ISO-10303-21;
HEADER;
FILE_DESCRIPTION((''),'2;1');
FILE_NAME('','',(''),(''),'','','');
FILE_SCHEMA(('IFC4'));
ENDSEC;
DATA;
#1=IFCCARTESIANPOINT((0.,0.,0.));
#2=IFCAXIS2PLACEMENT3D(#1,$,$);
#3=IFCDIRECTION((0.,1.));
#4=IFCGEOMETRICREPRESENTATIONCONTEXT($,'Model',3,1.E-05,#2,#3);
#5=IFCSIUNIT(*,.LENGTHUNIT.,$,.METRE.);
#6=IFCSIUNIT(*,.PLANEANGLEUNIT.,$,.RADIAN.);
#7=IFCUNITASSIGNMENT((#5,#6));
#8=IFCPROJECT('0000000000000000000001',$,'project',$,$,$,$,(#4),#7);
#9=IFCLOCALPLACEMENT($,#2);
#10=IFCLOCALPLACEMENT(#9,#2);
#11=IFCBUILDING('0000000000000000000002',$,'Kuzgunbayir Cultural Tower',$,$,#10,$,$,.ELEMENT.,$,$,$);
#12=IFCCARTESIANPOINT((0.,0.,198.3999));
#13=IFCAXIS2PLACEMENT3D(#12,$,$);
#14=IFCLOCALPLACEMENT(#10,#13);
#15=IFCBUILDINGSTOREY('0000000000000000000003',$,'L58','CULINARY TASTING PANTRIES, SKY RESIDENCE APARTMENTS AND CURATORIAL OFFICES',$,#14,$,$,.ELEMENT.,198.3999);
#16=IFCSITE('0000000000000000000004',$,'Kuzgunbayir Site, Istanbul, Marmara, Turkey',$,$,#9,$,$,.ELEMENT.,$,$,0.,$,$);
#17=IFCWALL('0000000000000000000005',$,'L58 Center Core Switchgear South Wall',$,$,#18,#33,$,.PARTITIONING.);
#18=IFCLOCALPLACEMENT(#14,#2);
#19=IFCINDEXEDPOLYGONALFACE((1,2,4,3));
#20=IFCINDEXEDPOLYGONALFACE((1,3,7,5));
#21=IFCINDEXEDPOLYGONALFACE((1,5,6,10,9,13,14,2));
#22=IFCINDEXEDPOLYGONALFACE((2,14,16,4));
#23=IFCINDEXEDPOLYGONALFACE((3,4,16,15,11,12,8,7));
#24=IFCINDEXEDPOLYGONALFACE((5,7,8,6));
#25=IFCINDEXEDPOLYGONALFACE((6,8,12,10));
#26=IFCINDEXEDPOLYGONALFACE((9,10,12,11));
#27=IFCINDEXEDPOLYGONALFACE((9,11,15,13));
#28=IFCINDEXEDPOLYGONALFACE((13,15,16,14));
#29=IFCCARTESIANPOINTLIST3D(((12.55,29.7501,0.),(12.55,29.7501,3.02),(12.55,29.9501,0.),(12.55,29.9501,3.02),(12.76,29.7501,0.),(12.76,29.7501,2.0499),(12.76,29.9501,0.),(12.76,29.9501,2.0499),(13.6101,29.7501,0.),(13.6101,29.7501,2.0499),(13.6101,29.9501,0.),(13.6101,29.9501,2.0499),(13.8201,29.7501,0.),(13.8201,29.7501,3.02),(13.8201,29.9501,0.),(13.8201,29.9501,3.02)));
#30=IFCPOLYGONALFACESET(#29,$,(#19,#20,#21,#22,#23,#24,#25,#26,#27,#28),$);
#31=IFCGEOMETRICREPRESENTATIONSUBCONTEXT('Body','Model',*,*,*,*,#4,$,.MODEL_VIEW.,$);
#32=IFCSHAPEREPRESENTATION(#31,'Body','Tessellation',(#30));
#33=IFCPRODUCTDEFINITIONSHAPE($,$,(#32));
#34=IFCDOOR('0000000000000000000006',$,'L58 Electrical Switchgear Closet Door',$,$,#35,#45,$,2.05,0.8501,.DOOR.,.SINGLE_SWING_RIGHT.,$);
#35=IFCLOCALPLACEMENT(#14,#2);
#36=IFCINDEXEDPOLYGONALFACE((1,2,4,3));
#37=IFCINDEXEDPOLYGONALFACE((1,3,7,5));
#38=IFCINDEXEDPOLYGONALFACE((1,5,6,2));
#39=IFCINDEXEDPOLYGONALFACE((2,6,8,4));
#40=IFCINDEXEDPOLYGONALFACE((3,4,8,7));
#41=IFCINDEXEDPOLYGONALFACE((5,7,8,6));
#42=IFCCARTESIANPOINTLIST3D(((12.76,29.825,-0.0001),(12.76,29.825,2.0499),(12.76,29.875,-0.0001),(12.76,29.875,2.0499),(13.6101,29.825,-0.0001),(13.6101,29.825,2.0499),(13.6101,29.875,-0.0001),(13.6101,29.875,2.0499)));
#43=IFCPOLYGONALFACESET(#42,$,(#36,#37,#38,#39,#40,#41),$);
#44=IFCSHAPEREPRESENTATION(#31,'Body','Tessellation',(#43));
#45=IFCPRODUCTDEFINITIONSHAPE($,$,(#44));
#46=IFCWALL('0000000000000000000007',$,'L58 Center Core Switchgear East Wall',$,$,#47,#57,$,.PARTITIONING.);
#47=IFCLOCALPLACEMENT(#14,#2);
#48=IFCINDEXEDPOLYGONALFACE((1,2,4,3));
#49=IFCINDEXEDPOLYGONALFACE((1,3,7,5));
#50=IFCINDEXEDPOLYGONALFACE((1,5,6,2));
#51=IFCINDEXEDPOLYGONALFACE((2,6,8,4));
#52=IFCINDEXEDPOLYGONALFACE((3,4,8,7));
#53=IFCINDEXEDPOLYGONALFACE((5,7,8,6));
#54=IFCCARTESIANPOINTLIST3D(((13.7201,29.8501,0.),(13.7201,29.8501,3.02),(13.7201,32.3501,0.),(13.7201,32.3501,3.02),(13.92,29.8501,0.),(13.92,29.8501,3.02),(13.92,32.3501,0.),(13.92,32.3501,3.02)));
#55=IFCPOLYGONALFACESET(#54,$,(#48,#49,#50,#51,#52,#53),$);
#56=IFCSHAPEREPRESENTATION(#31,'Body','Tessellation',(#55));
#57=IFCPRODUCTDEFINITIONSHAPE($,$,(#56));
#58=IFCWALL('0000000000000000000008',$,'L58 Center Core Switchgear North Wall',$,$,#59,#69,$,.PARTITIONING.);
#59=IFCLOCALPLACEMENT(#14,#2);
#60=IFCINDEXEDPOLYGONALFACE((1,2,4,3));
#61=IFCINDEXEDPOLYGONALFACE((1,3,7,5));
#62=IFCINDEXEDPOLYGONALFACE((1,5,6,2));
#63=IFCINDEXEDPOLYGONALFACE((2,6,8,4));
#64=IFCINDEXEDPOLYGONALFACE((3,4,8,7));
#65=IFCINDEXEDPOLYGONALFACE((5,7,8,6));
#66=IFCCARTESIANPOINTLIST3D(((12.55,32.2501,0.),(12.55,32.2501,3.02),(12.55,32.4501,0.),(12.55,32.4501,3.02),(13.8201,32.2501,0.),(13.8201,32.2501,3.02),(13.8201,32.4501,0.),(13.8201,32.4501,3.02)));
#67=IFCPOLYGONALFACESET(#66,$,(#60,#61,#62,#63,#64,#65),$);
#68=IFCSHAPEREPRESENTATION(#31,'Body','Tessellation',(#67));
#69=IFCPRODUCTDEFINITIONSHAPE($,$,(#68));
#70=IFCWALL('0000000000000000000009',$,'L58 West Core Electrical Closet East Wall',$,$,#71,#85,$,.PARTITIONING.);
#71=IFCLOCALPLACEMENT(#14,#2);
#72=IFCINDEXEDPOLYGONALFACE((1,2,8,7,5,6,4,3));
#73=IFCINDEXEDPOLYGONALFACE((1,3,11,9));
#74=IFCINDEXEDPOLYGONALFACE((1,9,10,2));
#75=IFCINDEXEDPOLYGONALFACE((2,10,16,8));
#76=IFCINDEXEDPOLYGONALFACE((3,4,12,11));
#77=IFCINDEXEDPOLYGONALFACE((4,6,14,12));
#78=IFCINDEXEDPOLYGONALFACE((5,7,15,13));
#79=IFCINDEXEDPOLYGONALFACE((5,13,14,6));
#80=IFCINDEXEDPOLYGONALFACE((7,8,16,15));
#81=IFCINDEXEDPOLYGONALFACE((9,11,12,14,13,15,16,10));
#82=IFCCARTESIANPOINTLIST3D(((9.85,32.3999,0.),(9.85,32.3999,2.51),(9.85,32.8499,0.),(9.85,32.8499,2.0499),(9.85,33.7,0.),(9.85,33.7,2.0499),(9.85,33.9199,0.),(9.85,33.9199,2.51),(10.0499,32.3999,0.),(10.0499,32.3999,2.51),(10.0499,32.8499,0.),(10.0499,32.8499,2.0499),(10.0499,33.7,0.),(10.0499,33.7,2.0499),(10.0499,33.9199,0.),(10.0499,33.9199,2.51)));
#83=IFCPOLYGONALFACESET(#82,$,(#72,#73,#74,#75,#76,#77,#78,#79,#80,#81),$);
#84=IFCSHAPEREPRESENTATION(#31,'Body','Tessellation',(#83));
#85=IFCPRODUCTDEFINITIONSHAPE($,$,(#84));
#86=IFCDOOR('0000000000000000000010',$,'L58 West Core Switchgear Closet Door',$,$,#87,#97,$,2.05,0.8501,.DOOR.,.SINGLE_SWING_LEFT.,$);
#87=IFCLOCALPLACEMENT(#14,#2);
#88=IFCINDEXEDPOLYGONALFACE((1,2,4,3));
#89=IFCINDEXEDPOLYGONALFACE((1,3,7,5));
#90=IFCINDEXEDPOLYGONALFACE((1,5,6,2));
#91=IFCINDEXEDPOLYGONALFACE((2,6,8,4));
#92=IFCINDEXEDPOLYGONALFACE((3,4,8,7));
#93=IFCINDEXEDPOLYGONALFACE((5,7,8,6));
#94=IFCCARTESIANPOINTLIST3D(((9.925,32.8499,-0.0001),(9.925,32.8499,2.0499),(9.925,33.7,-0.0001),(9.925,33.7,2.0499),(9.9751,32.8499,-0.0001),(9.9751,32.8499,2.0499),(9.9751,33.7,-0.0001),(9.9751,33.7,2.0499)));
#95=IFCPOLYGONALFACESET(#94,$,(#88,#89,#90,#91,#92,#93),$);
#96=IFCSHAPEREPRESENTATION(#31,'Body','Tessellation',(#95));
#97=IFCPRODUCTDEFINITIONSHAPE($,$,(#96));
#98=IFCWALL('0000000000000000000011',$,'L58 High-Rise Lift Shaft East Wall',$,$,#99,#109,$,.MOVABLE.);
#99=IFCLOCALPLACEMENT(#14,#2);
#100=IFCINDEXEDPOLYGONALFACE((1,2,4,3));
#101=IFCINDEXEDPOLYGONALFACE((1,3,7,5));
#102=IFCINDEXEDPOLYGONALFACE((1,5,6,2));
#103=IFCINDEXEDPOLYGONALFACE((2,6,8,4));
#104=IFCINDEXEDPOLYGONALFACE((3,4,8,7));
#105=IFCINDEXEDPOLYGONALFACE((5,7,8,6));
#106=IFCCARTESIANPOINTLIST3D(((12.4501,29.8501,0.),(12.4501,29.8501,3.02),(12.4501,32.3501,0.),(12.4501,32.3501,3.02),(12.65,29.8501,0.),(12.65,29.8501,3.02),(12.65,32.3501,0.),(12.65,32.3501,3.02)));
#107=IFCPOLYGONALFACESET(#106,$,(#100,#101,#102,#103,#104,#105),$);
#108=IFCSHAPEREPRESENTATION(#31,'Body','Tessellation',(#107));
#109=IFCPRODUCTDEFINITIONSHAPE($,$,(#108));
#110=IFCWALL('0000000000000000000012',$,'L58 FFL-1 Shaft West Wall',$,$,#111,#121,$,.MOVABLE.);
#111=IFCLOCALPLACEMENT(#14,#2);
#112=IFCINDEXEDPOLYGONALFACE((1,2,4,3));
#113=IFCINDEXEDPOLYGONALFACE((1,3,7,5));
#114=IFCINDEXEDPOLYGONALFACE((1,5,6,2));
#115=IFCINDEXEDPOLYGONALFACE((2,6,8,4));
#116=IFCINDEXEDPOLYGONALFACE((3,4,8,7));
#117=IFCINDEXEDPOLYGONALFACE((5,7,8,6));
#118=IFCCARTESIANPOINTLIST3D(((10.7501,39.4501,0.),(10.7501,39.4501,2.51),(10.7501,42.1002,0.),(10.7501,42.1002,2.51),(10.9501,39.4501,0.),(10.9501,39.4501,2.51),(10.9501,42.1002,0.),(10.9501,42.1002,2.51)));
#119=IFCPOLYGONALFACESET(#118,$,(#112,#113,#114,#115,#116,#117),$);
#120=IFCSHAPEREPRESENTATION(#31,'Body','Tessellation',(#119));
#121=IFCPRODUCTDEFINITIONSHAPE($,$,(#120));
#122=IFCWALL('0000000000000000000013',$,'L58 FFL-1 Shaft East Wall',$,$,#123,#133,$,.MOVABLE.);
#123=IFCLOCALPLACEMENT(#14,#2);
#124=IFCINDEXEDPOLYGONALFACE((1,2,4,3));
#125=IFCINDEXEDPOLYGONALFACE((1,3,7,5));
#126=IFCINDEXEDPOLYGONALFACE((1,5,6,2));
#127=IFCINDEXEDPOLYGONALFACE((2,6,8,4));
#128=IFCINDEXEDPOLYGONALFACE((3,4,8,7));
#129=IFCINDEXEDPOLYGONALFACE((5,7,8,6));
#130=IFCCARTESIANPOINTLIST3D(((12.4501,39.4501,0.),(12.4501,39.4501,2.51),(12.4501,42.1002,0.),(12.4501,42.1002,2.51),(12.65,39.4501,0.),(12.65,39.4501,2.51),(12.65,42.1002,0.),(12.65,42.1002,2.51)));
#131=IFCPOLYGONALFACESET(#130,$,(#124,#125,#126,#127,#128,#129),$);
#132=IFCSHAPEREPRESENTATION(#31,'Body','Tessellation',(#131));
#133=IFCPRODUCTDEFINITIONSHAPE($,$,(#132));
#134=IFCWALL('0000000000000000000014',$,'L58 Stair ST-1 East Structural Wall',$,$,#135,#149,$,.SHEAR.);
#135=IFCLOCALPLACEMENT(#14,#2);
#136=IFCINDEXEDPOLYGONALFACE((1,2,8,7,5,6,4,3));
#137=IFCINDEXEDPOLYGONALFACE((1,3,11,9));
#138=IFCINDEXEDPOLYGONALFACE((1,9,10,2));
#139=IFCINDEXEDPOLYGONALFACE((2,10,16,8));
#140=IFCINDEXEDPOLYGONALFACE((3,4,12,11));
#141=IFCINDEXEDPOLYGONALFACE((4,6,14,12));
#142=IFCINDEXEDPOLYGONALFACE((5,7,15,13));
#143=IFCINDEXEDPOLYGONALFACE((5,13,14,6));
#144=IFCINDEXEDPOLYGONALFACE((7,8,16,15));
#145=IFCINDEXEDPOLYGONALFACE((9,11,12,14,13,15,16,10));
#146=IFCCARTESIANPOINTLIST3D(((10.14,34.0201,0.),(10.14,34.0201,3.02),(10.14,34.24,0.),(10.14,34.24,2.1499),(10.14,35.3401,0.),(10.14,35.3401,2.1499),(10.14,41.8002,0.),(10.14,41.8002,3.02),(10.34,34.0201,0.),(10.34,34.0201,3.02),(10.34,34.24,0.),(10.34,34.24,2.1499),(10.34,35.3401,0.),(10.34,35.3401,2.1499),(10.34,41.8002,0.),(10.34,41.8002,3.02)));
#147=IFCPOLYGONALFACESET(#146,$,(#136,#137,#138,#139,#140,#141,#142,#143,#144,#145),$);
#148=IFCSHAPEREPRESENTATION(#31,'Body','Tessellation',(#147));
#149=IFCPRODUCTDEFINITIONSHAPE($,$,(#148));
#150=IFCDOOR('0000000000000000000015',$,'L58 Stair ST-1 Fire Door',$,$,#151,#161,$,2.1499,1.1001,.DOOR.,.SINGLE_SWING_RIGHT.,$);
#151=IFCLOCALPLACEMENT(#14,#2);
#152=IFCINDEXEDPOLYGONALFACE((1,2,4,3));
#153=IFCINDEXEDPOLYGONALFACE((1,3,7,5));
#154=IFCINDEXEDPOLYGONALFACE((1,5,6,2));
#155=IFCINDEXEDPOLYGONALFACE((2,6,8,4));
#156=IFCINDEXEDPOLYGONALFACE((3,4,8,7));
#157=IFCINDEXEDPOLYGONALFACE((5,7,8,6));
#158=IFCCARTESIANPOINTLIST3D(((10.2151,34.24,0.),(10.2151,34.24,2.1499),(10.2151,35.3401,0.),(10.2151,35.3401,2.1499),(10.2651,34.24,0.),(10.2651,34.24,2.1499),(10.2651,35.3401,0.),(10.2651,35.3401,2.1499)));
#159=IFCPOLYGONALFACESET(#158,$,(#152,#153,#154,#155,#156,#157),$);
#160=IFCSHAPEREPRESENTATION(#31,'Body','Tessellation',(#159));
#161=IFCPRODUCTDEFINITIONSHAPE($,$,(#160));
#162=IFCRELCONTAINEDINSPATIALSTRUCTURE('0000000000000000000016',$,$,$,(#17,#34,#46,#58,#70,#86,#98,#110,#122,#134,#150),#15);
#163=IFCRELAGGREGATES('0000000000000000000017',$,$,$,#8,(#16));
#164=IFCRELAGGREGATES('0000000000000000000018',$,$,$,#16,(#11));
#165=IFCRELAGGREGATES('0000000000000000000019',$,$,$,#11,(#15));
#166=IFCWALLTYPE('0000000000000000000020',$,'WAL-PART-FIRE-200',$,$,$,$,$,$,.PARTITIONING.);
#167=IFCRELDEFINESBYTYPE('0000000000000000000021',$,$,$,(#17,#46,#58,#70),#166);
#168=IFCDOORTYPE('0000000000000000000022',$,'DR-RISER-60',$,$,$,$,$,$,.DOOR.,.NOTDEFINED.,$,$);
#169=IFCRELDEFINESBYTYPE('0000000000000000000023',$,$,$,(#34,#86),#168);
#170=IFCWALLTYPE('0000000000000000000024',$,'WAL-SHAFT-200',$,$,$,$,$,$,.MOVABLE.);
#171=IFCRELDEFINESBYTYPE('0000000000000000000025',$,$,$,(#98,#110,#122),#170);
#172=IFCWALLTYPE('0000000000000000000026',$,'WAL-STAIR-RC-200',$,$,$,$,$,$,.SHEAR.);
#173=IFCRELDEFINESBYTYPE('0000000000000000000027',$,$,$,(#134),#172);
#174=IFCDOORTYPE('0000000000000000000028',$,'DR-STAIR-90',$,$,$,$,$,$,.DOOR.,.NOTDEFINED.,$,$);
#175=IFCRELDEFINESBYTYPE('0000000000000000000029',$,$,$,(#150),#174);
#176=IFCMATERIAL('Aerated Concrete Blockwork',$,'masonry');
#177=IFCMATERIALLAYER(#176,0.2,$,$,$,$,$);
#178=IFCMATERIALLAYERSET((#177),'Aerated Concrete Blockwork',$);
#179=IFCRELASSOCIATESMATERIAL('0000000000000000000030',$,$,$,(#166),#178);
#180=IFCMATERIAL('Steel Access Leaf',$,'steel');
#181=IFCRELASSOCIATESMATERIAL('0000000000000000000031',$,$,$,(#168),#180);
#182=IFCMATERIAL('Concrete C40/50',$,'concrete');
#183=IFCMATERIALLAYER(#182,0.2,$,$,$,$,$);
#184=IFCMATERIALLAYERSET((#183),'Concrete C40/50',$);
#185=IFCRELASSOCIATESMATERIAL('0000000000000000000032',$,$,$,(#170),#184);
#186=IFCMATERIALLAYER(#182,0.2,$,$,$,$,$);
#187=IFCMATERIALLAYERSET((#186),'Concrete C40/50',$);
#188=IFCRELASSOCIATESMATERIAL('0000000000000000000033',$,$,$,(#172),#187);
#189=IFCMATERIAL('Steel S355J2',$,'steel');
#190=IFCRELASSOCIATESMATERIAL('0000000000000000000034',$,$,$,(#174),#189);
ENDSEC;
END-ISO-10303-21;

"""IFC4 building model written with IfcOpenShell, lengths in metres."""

from ifc_helpers import new_model, si_unit, direction, frame, frame_2d, origin, place, context, subcontext, project, spatial, rectangle, extrude, material, layer, layer_set, type_object, element, fill, save


model = new_model("IFC4")

# Units and contexts
model_context = context("Model", 3, precision=1e-05, world=origin(), true_north=direction((0.0, 1.0)))
body_context = subcontext(model_context, "Body", "Model", "MODEL_VIEW")
ifc_project = project(units=[si_unit("LENGTHUNIT", "METRE"), si_unit("PLANEANGLEUNIT", "RADIAN")], contexts=[model_context])

# Site, building, storey
site_placement = place(None, origin())
site = spatial("IfcSite", under=ifc_project, at=site_placement, Name="Kuzgunbayir Site, Istanbul, Marmara, Turkey", CompositionType="ELEMENT", RefElevation=0.0)
building_placement = place(site_placement, origin())
building = spatial("IfcBuilding", under=site, at=building_placement, Name="Kuzgunbayir Cultural Tower", CompositionType="ELEMENT")
storey_placement = place(building_placement, frame((0.0, 0.0, 198.3999)))
storey = spatial("IfcBuildingStorey", under=building, at=storey_placement, Name="L58", Description="CULINARY TASTING PANTRIES, SKY RESIDENCE APARTMENTS AND CURATORIAL OFFICES", CompositionType="ELEMENT", Elevation=198.3999)

# Shared definitions
ifc_material_1 = material(Name="Steel S355J2", Category="steel")

# Shared definitions
ifc_material_2 = material(Name="Aerated Concrete Blockwork", Category="masonry")
ifc_layer_1 = layer(ifc_material_2, 0.2)
ifc_layer_set_1 = layer_set([ifc_layer_1], Name="Aerated Concrete Blockwork")
wall_type_1 = type_object("IfcWallType", Name="WAL-PART-FIRE-200", PredefinedType="PARTITIONING", material=ifc_layer_set_1)

# Wall, opening, door
wall_1_placement = place(storey_placement, frame((12.55, 29.8501, 0.0), z_axis=(0.0, 0.0, 1.0), x_axis=(1.0, 0.0, 0.0)))
wall_1 = element("IfcWall", 1, at=wall_1_placement, inside=storey, type_object=wall_type_1, Name="L58 Center Core Switchgear South Wall", PredefinedType="PARTITIONING", context=body_context, shape_type="SweptSolid", body=[
    extrude(rectangle(XDim=1.27, YDim=0.2, at=frame_2d((0.635, 0.0))), origin(), (0.0, 0.0, 1.0), 3.02),
])
opening_1_placement = place(wall_1_placement, frame((0.21, 0.0, 0.0)))
opening_1 = element("IfcOpeningElement", 2, at=opening_1_placement, cuts=wall_1, PredefinedType="OPENING", context=body_context, shape_type="SweptSolid", body=[
    extrude(rectangle(XDim=0.8501, YDim=2.05, at=frame_2d((0.425, 1.0249))), frame((0.0, 0.1099, 0.0), z_axis=(0.0, -1.0, 0.0), x_axis=(1.0, 0.0, 0.0)), (0.0, 0.0, 1.0), 0.22),
])
ifc_material_3 = material(Name="Steel Access Leaf", Category="steel")
door_type_1 = type_object("IfcDoorType", Name="DR-RISER-60", OperationType="NOTDEFINED", PredefinedType="DOOR", material=ifc_material_3)
door_1_placement = place(opening_1_placement, origin())
door_1 = element("IfcDoor", 3, at=door_1_placement, inside=storey, type_object=door_type_1, Name="L58 Electrical Switchgear Closet Door", OperationType="SINGLE_SWING_RIGHT", OverallHeight=2.05, OverallWidth=0.8501, PredefinedType="DOOR", context=body_context, shape_type="SweptSolid", body=[
    extrude(rectangle(XDim=0.8501, YDim=2.05, at=frame_2d((0.425, 1.0249))), frame((0.0, 0.0249, 0.0), z_axis=(0.0, -1.0, 0.0), x_axis=(1.0, 0.0, 0.0)), (0.0, 0.0, 1.0), 0.05),
])
fill(opening_1, door_1)

# Walls
wall_2_placement = place(storey_placement, frame((13.8201, 29.8501, 0.0), z_axis=(0.0, 0.0, 1.0), x_axis=(0.0, 1.0, 0.0)))
element("IfcWall", 4, at=wall_2_placement, inside=storey, type_object=wall_type_1, Name="L58 Center Core Switchgear East Wall", PredefinedType="PARTITIONING", context=body_context, shape_type="SweptSolid", body=[
    extrude(rectangle(XDim=2.5, YDim=0.2, at=frame_2d((1.25, 0.0))), origin(), (0.0, 0.0, 1.0), 3.02),
])
wall_3_placement = place(storey_placement, frame((12.55, 32.3501, 0.0), z_axis=(0.0, 0.0, 1.0), x_axis=(1.0, 0.0, 0.0)))
element("IfcWall", 5, at=wall_3_placement, inside=storey, type_object=wall_type_1, Name="L58 Center Core Switchgear North Wall", PredefinedType="PARTITIONING", context=body_context, shape_type="SweptSolid", body=[
    extrude(rectangle(XDim=1.27, YDim=0.2, at=frame_2d((0.635, 0.0))), origin(), (0.0, 0.0, 1.0), 3.02),
])

# Wall, opening, door
wall_4_placement = place(storey_placement, frame((9.95, 32.3999, 0.0), z_axis=(0.0, 0.0, 1.0), x_axis=(0.0, 1.0, 0.0)))
wall_4 = element("IfcWall", 6, at=wall_4_placement, inside=storey, type_object=wall_type_1, Name="L58 West Core Electrical Closet East Wall", PredefinedType="PARTITIONING", context=body_context, shape_type="SweptSolid", body=[
    extrude(rectangle(XDim=1.52, YDim=0.2, at=frame_2d((0.76, 0.0))), origin(), (0.0, 0.0, 1.0), 2.51),
])
opening_2_placement = place(wall_4_placement, frame((0.45, 0.0, 0.0)))
opening_2 = element("IfcOpeningElement", 7, at=opening_2_placement, cuts=wall_4, PredefinedType="OPENING", context=body_context, shape_type="SweptSolid", body=[
    extrude(rectangle(XDim=0.8501, YDim=2.05, at=frame_2d((0.425, 1.0249))), frame((0.0, 0.1099, 0.0), z_axis=(0.0, -1.0, 0.0), x_axis=(1.0, 0.0, 0.0)), (0.0, 0.0, 1.0), 0.22),
])
door_2_placement = place(opening_2_placement, origin())
door_2 = element("IfcDoor", 8, at=door_2_placement, inside=storey, type_object=door_type_1, Name="L58 West Core Switchgear Closet Door", OperationType="SINGLE_SWING_LEFT", OverallHeight=2.05, OverallWidth=0.8501, PredefinedType="DOOR", context=body_context, shape_type="SweptSolid", body=[
    extrude(rectangle(XDim=0.8501, YDim=2.05, at=frame_2d((0.425, 1.0249))), frame((0.0, 0.0249, 0.0), z_axis=(0.0, -1.0, 0.0), x_axis=(1.0, 0.0, 0.0)), (0.0, 0.0, 1.0), 0.05),
])
fill(opening_2, door_2)

# Wall
ifc_material_4 = material(Name="Concrete C40/50", Category="concrete")
ifc_layer_2 = layer(ifc_material_4, 0.2)
ifc_layer_set_2 = layer_set([ifc_layer_2], Name="Concrete C40/50")
wall_type_2 = type_object("IfcWallType", Name="WAL-SHAFT-200", PredefinedType="MOVABLE", material=ifc_layer_set_2)
wall_5_placement = place(storey_placement, frame((12.55, 29.8501, 0.0), z_axis=(0.0, 0.0, 1.0), x_axis=(0.0, 1.0, 0.0)))
element("IfcWall", 9, at=wall_5_placement, inside=storey, type_object=wall_type_2, Name="L58 High-Rise Lift Shaft East Wall", PredefinedType="MOVABLE", context=body_context, shape_type="SweptSolid", body=[
    extrude(rectangle(XDim=2.5, YDim=0.2, at=frame_2d((1.25, 0.0))), origin(), (0.0, 0.0, 1.0), 3.02),
])

# Walls
for number, where, z_axis, x_axis, name in (
    (10, (10.8501, 39.45, 0.0), (0.0, 0.0, 1.0), (0.0, 1.0, 0.0), "L58 FFL-1 Shaft West Wall"),
    (11, (12.55, 39.45, 0.0), (0.0, 0.0, 1.0), (0.0, 1.0, 0.0), "L58 FFL-1 Shaft East Wall"),
):
    element("IfcWall", number, at=place(storey_placement, frame(where, z_axis=z_axis, x_axis=x_axis)), inside=storey, type_object=wall_type_2, Name=name, PredefinedType="MOVABLE", context=body_context, shape_type="SweptSolid", body=[
        extrude(rectangle(XDim=2.6501, YDim=0.2, at=frame_2d((1.3252, 0.0))), origin(), (0.0, 0.0, 1.0), 2.51),
    ])

# Wall, opening, door
ifc_layer_3 = layer(ifc_material_4, 0.2)
ifc_layer_set_3 = layer_set([ifc_layer_3], Name="Concrete C40/50")
wall_type_3 = type_object("IfcWallType", Name="WAL-STAIR-RC-200", PredefinedType="SHEAR", material=ifc_layer_set_3)
wall_6_placement = place(storey_placement, frame((10.24, 34.02, 0.0), z_axis=(0.0, 0.0, 1.0), x_axis=(0.0, 1.0, 0.0)))
wall_6 = element("IfcWall", 12, at=wall_6_placement, inside=storey, type_object=wall_type_3, Name="L58 Stair ST-1 East Structural Wall", PredefinedType="SHEAR", context=body_context, shape_type="SweptSolid", body=[
    extrude(rectangle(XDim=7.78, YDim=0.2, at=frame_2d((3.8901, 0.0))), origin(), (0.0, 0.0, 1.0), 3.02),
])
opening_3_placement = place(wall_6_placement, frame((0.22, 0.0, 0.0)))
opening_3 = element("IfcOpeningElement", 13, at=opening_3_placement, cuts=wall_6, PredefinedType="OPENING", context=body_context, shape_type="SweptSolid", body=[
    extrude(rectangle(XDim=1.1001, YDim=2.1499, at=frame_2d((0.55, 1.075))), frame((0.0, 0.1099, 0.0), z_axis=(0.0, -1.0, 0.0), x_axis=(1.0, 0.0, 0.0)), (0.0, 0.0, 1.0), 0.22),
])
door_type_2 = type_object("IfcDoorType", Name="DR-STAIR-90", OperationType="NOTDEFINED", PredefinedType="DOOR", material=ifc_material_1)
door_3_placement = place(opening_3_placement, origin())
door_3 = element("IfcDoor", 14, at=door_3_placement, inside=storey, type_object=door_type_2, Name="L58 Stair ST-1 Fire Door", OperationType="SINGLE_SWING_RIGHT", OverallHeight=2.1499, OverallWidth=1.1001, PredefinedType="DOOR", context=body_context, shape_type="SweptSolid", body=[
    extrude(rectangle(XDim=1.1001, YDim=2.1499, at=frame_2d((0.55, 1.075))), frame((0.0, 0.0249, 0.0), z_axis=(0.0, -1.0, 0.0), x_axis=(1.0, 0.0, 0.0)), (0.0, 0.0, 1.0), 0.05),
])
fill(opening_3, door_3)

save(model, "model.ifc")
